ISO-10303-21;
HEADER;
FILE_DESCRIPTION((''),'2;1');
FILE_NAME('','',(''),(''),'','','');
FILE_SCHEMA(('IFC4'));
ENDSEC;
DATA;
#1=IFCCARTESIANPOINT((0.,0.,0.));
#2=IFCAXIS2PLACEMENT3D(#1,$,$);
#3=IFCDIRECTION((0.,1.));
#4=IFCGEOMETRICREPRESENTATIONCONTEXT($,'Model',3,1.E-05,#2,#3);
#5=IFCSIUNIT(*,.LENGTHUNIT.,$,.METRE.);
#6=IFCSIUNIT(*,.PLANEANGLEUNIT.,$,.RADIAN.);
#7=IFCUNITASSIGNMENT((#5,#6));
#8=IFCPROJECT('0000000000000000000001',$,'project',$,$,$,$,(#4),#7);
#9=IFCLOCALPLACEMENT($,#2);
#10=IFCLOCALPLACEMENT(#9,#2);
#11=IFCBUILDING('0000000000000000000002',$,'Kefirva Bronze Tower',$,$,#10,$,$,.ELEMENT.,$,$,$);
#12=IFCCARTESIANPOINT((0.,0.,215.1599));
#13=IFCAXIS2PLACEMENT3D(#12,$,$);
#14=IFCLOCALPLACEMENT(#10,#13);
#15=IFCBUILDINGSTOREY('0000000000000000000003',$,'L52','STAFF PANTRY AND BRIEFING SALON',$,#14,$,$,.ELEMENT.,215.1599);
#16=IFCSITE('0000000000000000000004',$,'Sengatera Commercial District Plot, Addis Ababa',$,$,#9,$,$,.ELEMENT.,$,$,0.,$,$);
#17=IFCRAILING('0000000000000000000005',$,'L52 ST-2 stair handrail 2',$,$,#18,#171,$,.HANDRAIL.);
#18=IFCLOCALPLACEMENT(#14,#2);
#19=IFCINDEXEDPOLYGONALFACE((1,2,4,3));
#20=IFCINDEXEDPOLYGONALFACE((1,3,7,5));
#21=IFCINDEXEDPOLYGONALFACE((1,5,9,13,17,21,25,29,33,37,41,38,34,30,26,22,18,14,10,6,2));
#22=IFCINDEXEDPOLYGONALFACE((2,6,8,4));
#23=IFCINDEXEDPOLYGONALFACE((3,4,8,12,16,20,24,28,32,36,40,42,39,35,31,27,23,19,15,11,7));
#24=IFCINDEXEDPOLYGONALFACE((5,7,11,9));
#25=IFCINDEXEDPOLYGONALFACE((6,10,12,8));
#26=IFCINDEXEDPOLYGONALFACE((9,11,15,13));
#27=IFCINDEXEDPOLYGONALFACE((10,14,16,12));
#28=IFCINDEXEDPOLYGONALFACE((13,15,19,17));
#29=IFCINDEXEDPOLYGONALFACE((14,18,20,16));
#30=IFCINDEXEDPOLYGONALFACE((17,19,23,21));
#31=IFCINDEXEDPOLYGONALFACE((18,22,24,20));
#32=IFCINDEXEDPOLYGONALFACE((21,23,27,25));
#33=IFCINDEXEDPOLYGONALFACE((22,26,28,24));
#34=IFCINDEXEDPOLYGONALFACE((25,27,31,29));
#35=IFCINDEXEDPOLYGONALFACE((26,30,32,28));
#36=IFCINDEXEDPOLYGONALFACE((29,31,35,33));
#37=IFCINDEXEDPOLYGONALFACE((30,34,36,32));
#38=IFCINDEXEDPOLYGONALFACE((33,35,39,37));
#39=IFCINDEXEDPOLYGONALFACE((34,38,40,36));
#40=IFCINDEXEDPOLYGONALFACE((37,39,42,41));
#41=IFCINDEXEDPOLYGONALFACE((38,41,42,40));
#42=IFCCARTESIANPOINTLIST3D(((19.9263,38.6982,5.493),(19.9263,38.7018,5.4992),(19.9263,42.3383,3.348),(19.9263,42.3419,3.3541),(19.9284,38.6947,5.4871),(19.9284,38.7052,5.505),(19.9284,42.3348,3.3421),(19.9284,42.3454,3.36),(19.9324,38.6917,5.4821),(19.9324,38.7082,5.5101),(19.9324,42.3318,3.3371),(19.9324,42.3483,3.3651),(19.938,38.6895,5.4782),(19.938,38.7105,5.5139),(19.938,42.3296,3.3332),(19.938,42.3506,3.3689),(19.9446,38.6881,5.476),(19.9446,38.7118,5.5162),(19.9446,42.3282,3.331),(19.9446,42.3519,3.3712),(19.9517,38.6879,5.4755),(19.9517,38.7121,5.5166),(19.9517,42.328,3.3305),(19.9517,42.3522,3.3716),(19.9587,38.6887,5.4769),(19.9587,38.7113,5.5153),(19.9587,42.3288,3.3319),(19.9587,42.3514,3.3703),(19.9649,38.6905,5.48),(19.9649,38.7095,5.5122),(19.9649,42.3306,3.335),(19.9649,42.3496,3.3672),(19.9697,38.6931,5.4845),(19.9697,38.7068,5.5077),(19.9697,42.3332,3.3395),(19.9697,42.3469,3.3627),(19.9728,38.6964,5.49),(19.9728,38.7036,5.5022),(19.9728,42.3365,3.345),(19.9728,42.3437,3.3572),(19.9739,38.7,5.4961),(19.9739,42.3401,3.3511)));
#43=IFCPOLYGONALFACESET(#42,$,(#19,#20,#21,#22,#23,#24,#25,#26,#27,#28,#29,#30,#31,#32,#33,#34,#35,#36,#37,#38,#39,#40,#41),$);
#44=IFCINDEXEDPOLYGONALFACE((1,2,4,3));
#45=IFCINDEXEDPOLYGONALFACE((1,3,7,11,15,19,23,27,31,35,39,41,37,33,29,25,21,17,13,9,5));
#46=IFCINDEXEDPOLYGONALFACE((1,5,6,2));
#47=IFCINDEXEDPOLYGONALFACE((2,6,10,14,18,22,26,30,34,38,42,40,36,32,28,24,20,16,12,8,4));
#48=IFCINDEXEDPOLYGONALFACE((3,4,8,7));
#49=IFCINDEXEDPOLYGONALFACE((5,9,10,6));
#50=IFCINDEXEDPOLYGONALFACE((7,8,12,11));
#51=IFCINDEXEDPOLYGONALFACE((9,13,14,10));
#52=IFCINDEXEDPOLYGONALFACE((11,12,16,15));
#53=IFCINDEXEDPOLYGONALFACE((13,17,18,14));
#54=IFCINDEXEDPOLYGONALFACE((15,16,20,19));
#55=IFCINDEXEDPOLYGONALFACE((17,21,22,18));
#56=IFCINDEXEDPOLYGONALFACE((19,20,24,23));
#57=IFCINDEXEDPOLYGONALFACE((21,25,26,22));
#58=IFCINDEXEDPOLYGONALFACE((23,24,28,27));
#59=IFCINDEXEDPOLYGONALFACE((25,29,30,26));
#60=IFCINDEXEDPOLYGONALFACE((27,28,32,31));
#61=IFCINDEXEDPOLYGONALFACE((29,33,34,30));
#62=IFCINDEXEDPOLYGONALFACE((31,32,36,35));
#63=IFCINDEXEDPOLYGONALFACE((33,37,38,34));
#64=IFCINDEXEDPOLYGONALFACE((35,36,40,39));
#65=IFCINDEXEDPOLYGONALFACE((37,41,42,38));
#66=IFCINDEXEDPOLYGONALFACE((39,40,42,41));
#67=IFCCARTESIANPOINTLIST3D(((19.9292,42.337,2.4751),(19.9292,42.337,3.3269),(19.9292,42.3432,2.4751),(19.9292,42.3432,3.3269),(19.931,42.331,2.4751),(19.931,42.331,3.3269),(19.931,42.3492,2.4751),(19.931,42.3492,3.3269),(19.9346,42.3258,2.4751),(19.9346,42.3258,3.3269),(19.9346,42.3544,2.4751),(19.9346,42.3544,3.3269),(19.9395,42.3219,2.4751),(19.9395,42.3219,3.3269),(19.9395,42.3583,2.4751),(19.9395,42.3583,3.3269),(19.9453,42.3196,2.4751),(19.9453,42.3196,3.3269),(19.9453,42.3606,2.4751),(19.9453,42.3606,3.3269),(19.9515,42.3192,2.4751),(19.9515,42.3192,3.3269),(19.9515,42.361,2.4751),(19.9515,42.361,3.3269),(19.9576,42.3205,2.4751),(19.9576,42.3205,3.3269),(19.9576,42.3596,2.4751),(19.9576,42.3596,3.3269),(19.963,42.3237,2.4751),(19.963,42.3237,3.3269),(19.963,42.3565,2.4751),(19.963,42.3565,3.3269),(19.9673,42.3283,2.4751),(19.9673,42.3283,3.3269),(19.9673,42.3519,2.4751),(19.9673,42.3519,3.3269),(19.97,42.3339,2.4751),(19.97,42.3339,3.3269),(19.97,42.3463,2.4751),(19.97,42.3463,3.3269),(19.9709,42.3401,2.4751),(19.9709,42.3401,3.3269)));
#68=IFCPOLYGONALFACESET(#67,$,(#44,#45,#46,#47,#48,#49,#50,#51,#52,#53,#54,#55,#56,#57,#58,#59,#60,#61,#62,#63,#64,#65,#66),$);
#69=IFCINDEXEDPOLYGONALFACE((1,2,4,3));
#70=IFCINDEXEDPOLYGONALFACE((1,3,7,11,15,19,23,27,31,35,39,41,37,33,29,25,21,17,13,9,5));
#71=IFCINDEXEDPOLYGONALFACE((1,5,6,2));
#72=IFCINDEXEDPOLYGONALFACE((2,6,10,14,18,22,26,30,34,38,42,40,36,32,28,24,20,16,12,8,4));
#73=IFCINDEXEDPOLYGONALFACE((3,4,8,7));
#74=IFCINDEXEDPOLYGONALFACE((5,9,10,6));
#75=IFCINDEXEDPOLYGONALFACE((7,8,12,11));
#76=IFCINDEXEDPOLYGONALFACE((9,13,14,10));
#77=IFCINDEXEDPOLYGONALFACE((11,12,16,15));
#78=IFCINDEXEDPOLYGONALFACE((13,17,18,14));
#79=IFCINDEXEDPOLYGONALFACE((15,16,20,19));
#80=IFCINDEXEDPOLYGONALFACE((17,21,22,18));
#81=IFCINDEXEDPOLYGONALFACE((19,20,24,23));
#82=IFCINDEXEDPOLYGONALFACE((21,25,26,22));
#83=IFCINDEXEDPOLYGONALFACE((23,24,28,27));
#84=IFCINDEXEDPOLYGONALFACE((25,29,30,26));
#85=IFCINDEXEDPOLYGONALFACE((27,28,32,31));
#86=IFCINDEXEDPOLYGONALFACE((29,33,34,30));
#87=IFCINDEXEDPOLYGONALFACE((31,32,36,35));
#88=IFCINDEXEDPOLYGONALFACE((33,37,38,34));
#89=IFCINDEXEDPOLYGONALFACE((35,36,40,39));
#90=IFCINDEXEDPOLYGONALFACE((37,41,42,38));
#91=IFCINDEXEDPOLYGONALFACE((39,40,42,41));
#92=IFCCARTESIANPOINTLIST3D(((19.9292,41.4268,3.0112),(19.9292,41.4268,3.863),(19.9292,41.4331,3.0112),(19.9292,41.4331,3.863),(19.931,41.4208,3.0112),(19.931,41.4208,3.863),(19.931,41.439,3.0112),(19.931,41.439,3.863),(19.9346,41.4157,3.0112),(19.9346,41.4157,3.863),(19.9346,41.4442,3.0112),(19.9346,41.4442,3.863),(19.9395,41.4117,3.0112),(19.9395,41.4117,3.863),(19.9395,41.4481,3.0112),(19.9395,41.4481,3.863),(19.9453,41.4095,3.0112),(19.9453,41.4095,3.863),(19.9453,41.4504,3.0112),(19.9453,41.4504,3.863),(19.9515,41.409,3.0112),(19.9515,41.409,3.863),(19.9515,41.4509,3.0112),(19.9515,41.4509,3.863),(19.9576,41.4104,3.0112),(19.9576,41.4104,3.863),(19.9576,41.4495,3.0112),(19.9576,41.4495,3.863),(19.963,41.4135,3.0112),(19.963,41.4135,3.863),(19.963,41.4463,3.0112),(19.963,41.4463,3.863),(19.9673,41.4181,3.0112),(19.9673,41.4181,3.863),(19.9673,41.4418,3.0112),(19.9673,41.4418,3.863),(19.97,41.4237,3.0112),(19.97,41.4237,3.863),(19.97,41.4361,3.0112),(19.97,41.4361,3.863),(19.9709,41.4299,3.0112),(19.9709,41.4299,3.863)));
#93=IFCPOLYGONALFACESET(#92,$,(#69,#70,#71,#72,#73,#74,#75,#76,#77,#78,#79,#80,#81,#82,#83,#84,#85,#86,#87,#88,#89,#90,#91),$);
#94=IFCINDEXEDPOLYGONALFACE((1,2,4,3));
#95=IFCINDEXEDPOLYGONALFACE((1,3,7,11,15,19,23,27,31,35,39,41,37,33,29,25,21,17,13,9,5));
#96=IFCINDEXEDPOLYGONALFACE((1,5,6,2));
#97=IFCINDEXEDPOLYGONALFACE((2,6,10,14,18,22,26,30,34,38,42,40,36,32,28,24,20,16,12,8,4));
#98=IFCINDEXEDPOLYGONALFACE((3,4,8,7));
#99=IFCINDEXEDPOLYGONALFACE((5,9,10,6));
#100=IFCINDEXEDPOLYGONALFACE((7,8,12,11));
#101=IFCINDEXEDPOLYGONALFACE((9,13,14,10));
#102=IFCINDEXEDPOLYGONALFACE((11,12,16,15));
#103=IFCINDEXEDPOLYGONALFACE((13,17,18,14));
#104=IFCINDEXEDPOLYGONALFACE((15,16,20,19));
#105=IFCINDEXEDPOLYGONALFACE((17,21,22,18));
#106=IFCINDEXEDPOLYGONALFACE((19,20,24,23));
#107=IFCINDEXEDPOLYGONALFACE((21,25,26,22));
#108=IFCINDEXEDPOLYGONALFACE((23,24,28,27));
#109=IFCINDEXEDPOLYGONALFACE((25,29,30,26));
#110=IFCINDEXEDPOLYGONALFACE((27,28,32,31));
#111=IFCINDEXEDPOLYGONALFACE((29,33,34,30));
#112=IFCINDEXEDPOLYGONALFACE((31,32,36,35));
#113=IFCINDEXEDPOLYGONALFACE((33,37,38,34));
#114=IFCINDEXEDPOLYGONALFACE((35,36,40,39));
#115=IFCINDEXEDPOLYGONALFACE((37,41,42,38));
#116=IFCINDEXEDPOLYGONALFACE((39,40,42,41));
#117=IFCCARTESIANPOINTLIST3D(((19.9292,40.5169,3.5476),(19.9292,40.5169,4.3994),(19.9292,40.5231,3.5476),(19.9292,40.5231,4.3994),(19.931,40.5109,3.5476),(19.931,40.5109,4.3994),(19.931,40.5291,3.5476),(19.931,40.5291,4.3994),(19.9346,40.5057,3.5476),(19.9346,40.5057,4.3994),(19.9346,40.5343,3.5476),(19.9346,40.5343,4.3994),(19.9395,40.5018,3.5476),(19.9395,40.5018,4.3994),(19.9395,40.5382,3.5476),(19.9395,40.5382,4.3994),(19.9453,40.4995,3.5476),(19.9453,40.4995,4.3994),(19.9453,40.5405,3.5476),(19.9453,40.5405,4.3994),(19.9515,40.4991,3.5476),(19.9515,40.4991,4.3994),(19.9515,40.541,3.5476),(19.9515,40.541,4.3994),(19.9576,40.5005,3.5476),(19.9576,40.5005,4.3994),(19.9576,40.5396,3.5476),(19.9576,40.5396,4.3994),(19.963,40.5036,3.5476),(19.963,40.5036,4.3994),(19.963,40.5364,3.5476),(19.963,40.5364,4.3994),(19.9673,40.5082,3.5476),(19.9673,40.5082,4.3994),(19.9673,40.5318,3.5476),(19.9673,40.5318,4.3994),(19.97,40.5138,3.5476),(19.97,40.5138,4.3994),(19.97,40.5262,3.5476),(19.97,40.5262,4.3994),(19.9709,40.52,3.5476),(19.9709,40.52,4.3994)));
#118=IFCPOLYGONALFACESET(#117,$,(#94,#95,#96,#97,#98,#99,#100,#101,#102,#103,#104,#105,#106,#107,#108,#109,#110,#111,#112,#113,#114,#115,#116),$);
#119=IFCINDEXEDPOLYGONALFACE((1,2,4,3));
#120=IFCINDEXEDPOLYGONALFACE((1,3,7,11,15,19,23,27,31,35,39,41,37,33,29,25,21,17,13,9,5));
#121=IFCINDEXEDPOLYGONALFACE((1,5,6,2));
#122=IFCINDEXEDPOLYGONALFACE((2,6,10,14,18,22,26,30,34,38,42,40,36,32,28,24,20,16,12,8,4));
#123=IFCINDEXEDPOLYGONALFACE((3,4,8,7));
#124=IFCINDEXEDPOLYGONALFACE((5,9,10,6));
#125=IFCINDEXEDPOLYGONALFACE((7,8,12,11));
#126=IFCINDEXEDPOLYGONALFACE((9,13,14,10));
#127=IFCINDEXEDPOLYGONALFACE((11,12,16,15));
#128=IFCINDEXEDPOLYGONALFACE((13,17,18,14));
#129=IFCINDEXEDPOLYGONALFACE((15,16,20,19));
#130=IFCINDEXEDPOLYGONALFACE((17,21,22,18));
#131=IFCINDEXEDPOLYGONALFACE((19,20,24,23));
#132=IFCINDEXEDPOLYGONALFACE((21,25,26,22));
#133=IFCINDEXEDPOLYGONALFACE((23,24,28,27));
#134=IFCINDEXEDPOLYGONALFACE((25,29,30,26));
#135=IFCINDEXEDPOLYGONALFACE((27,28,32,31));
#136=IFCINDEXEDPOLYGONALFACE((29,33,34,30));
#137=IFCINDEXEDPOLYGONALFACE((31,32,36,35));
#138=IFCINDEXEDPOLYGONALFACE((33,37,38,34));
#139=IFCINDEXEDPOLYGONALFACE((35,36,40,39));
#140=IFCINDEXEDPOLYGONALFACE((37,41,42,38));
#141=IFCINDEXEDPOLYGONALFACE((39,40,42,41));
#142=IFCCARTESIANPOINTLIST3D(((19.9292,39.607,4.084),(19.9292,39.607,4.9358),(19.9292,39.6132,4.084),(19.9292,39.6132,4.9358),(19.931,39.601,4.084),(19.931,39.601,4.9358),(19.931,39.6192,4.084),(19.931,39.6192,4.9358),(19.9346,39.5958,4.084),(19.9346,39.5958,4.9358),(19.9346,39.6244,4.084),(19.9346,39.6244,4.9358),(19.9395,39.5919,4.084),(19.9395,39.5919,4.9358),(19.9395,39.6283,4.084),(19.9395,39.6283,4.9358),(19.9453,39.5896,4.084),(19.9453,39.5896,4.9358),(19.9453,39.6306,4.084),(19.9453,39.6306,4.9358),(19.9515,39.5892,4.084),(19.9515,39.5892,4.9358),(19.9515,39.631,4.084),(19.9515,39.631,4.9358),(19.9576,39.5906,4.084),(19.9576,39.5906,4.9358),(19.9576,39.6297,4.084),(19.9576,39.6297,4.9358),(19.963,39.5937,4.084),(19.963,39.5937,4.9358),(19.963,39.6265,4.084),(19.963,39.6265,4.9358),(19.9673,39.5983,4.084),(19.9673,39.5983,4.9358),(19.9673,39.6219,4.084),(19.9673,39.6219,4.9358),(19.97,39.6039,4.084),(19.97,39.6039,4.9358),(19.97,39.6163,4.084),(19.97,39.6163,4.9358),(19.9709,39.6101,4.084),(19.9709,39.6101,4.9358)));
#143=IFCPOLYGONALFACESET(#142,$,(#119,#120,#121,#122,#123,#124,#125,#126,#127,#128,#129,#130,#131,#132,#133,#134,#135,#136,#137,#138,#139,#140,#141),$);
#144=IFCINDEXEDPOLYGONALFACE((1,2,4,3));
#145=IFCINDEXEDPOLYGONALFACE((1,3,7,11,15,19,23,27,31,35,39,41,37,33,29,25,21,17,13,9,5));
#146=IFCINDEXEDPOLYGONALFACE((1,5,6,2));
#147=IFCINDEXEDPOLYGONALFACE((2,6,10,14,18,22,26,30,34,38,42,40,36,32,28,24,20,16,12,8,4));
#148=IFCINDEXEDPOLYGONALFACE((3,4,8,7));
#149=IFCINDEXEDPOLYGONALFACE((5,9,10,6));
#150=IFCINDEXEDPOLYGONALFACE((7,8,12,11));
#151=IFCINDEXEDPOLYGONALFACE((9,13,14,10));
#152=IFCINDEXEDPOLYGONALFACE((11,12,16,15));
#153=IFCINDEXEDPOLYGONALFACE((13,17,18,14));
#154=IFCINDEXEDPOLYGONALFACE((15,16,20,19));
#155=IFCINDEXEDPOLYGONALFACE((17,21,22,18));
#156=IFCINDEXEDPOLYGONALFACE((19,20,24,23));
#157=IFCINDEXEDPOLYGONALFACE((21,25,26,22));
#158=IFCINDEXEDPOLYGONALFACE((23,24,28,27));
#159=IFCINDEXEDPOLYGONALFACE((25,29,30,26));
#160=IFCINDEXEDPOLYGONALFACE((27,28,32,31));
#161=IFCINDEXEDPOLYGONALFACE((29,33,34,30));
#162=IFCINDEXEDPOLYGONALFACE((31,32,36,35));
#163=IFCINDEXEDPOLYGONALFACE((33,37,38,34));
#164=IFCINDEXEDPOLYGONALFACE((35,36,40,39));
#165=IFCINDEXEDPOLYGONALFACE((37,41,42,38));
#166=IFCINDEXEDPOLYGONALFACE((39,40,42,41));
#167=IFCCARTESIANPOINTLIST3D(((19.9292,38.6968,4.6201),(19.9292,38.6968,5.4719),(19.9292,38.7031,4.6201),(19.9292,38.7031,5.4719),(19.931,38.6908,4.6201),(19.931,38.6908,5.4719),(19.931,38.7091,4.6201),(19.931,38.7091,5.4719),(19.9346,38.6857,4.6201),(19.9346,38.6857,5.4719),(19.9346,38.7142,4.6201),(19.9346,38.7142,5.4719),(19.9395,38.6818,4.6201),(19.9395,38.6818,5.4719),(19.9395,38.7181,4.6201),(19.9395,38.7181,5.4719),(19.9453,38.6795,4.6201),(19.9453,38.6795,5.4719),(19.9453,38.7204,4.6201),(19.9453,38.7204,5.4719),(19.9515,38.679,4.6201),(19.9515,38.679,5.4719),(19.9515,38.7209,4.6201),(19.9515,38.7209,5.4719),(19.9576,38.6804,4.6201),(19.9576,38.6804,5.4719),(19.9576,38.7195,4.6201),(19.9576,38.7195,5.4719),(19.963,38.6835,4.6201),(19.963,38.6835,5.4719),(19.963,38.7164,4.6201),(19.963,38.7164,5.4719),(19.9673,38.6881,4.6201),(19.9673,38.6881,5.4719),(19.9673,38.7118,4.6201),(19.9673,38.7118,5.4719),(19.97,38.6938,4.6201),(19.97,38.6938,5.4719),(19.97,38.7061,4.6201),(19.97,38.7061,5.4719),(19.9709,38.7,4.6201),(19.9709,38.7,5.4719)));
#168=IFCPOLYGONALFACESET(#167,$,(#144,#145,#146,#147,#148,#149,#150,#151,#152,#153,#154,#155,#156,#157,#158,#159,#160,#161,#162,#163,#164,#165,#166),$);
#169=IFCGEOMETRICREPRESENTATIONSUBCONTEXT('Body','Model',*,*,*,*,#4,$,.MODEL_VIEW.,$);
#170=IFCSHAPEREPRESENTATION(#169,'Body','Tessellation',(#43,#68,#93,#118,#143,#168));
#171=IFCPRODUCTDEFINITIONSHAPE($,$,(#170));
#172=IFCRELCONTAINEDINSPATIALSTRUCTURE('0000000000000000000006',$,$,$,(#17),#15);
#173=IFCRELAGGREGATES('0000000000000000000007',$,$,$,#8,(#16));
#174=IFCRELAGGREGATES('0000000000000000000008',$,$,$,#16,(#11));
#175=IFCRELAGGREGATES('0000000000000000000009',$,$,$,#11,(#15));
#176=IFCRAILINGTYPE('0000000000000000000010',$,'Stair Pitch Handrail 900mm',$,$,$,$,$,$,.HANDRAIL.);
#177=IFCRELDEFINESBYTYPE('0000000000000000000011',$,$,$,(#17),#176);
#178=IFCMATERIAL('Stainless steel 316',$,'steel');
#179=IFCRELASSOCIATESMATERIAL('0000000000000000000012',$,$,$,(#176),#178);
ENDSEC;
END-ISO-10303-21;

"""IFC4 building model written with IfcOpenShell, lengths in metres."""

from ifc_helpers import new_model, si_unit, direction, frame, origin, origin_2d, place, context, subcontext, project, spatial, circle, extrude, material, type_object, element, save


model = new_model("IFC4")

# Units and contexts
model_context = context("Model", 3, precision=1e-05, world=origin(), true_north=direction((0.0, 1.0)))
body_context = subcontext(model_context, "Body", "Model", "MODEL_VIEW")
ifc_project = project(units=[si_unit("LENGTHUNIT", "METRE"), si_unit("PLANEANGLEUNIT", "RADIAN")], contexts=[model_context])

# Site, building, storey
site_placement = place(None, origin())
site = spatial("IfcSite", under=ifc_project, at=site_placement, Name="Sengatera Commercial District Plot, Addis Ababa", CompositionType="ELEMENT", RefElevation=0.0)
building_placement = place(site_placement, origin())
building = spatial("IfcBuilding", under=site, at=building_placement, Name="Kefirva Bronze Tower", CompositionType="ELEMENT")
storey_placement = place(building_placement, frame((0.0, 0.0, 215.1599)))
storey = spatial("IfcBuildingStorey", under=building, at=storey_placement, Name="L52", Description="STAFF PANTRY AND BRIEFING SALON", CompositionType="ELEMENT", Elevation=215.1599)

# Shared definitions
ifc_material_1 = material(Name="Stainless steel 316", Category="steel")

# Railing
railing_type_1 = type_object("IfcRailingType", Name="Stair Pitch Handrail 900mm", PredefinedType="HANDRAIL", material=ifc_material_1)
railing_1_placement = place(storey_placement, frame((19.95, 42.3401, 2.4751)))
element("IfcRailing", 1, at=railing_1_placement, inside=storey, type_object=railing_type_1, Name="L52 ST-2 stair handrail 2", PredefinedType="HANDRAIL", context=body_context, shape_type="SweptSolid", body=[
    extrude(circle(Radius=0.0239, at=origin_2d()), frame((0.0, 0.0, 0.876), z_axis=(0.0, -0.861545, 0.507682), x_axis=(1.0, 0.0, 0.0)), (0.0, 0.0, 1.0), 4.2251),
    extrude(circle(Radius=0.021, at=origin_2d()), origin(), (0.0, 0.0, 1.0), 0.8518),
    extrude(circle(Radius=0.021, at=origin_2d()), frame((0.0, -0.9102, 0.5361)), (0.0, 0.0, 1.0), 0.8518),
    extrude(circle(Radius=0.021, at=origin_2d()), frame((0.0, -1.8201, 1.0725)), (0.0, 0.0, 1.0), 0.8518),
    extrude(circle(Radius=0.021, at=origin_2d()), frame((0.0, -2.73, 1.6089)), (0.0, 0.0, 1.0), 0.8518),
    extrude(circle(Radius=0.021, at=origin_2d()), frame((0.0, -3.6401, 2.145)), (0.0, 0.0, 1.0), 0.8518),
])

save(model, "model.ifc")
